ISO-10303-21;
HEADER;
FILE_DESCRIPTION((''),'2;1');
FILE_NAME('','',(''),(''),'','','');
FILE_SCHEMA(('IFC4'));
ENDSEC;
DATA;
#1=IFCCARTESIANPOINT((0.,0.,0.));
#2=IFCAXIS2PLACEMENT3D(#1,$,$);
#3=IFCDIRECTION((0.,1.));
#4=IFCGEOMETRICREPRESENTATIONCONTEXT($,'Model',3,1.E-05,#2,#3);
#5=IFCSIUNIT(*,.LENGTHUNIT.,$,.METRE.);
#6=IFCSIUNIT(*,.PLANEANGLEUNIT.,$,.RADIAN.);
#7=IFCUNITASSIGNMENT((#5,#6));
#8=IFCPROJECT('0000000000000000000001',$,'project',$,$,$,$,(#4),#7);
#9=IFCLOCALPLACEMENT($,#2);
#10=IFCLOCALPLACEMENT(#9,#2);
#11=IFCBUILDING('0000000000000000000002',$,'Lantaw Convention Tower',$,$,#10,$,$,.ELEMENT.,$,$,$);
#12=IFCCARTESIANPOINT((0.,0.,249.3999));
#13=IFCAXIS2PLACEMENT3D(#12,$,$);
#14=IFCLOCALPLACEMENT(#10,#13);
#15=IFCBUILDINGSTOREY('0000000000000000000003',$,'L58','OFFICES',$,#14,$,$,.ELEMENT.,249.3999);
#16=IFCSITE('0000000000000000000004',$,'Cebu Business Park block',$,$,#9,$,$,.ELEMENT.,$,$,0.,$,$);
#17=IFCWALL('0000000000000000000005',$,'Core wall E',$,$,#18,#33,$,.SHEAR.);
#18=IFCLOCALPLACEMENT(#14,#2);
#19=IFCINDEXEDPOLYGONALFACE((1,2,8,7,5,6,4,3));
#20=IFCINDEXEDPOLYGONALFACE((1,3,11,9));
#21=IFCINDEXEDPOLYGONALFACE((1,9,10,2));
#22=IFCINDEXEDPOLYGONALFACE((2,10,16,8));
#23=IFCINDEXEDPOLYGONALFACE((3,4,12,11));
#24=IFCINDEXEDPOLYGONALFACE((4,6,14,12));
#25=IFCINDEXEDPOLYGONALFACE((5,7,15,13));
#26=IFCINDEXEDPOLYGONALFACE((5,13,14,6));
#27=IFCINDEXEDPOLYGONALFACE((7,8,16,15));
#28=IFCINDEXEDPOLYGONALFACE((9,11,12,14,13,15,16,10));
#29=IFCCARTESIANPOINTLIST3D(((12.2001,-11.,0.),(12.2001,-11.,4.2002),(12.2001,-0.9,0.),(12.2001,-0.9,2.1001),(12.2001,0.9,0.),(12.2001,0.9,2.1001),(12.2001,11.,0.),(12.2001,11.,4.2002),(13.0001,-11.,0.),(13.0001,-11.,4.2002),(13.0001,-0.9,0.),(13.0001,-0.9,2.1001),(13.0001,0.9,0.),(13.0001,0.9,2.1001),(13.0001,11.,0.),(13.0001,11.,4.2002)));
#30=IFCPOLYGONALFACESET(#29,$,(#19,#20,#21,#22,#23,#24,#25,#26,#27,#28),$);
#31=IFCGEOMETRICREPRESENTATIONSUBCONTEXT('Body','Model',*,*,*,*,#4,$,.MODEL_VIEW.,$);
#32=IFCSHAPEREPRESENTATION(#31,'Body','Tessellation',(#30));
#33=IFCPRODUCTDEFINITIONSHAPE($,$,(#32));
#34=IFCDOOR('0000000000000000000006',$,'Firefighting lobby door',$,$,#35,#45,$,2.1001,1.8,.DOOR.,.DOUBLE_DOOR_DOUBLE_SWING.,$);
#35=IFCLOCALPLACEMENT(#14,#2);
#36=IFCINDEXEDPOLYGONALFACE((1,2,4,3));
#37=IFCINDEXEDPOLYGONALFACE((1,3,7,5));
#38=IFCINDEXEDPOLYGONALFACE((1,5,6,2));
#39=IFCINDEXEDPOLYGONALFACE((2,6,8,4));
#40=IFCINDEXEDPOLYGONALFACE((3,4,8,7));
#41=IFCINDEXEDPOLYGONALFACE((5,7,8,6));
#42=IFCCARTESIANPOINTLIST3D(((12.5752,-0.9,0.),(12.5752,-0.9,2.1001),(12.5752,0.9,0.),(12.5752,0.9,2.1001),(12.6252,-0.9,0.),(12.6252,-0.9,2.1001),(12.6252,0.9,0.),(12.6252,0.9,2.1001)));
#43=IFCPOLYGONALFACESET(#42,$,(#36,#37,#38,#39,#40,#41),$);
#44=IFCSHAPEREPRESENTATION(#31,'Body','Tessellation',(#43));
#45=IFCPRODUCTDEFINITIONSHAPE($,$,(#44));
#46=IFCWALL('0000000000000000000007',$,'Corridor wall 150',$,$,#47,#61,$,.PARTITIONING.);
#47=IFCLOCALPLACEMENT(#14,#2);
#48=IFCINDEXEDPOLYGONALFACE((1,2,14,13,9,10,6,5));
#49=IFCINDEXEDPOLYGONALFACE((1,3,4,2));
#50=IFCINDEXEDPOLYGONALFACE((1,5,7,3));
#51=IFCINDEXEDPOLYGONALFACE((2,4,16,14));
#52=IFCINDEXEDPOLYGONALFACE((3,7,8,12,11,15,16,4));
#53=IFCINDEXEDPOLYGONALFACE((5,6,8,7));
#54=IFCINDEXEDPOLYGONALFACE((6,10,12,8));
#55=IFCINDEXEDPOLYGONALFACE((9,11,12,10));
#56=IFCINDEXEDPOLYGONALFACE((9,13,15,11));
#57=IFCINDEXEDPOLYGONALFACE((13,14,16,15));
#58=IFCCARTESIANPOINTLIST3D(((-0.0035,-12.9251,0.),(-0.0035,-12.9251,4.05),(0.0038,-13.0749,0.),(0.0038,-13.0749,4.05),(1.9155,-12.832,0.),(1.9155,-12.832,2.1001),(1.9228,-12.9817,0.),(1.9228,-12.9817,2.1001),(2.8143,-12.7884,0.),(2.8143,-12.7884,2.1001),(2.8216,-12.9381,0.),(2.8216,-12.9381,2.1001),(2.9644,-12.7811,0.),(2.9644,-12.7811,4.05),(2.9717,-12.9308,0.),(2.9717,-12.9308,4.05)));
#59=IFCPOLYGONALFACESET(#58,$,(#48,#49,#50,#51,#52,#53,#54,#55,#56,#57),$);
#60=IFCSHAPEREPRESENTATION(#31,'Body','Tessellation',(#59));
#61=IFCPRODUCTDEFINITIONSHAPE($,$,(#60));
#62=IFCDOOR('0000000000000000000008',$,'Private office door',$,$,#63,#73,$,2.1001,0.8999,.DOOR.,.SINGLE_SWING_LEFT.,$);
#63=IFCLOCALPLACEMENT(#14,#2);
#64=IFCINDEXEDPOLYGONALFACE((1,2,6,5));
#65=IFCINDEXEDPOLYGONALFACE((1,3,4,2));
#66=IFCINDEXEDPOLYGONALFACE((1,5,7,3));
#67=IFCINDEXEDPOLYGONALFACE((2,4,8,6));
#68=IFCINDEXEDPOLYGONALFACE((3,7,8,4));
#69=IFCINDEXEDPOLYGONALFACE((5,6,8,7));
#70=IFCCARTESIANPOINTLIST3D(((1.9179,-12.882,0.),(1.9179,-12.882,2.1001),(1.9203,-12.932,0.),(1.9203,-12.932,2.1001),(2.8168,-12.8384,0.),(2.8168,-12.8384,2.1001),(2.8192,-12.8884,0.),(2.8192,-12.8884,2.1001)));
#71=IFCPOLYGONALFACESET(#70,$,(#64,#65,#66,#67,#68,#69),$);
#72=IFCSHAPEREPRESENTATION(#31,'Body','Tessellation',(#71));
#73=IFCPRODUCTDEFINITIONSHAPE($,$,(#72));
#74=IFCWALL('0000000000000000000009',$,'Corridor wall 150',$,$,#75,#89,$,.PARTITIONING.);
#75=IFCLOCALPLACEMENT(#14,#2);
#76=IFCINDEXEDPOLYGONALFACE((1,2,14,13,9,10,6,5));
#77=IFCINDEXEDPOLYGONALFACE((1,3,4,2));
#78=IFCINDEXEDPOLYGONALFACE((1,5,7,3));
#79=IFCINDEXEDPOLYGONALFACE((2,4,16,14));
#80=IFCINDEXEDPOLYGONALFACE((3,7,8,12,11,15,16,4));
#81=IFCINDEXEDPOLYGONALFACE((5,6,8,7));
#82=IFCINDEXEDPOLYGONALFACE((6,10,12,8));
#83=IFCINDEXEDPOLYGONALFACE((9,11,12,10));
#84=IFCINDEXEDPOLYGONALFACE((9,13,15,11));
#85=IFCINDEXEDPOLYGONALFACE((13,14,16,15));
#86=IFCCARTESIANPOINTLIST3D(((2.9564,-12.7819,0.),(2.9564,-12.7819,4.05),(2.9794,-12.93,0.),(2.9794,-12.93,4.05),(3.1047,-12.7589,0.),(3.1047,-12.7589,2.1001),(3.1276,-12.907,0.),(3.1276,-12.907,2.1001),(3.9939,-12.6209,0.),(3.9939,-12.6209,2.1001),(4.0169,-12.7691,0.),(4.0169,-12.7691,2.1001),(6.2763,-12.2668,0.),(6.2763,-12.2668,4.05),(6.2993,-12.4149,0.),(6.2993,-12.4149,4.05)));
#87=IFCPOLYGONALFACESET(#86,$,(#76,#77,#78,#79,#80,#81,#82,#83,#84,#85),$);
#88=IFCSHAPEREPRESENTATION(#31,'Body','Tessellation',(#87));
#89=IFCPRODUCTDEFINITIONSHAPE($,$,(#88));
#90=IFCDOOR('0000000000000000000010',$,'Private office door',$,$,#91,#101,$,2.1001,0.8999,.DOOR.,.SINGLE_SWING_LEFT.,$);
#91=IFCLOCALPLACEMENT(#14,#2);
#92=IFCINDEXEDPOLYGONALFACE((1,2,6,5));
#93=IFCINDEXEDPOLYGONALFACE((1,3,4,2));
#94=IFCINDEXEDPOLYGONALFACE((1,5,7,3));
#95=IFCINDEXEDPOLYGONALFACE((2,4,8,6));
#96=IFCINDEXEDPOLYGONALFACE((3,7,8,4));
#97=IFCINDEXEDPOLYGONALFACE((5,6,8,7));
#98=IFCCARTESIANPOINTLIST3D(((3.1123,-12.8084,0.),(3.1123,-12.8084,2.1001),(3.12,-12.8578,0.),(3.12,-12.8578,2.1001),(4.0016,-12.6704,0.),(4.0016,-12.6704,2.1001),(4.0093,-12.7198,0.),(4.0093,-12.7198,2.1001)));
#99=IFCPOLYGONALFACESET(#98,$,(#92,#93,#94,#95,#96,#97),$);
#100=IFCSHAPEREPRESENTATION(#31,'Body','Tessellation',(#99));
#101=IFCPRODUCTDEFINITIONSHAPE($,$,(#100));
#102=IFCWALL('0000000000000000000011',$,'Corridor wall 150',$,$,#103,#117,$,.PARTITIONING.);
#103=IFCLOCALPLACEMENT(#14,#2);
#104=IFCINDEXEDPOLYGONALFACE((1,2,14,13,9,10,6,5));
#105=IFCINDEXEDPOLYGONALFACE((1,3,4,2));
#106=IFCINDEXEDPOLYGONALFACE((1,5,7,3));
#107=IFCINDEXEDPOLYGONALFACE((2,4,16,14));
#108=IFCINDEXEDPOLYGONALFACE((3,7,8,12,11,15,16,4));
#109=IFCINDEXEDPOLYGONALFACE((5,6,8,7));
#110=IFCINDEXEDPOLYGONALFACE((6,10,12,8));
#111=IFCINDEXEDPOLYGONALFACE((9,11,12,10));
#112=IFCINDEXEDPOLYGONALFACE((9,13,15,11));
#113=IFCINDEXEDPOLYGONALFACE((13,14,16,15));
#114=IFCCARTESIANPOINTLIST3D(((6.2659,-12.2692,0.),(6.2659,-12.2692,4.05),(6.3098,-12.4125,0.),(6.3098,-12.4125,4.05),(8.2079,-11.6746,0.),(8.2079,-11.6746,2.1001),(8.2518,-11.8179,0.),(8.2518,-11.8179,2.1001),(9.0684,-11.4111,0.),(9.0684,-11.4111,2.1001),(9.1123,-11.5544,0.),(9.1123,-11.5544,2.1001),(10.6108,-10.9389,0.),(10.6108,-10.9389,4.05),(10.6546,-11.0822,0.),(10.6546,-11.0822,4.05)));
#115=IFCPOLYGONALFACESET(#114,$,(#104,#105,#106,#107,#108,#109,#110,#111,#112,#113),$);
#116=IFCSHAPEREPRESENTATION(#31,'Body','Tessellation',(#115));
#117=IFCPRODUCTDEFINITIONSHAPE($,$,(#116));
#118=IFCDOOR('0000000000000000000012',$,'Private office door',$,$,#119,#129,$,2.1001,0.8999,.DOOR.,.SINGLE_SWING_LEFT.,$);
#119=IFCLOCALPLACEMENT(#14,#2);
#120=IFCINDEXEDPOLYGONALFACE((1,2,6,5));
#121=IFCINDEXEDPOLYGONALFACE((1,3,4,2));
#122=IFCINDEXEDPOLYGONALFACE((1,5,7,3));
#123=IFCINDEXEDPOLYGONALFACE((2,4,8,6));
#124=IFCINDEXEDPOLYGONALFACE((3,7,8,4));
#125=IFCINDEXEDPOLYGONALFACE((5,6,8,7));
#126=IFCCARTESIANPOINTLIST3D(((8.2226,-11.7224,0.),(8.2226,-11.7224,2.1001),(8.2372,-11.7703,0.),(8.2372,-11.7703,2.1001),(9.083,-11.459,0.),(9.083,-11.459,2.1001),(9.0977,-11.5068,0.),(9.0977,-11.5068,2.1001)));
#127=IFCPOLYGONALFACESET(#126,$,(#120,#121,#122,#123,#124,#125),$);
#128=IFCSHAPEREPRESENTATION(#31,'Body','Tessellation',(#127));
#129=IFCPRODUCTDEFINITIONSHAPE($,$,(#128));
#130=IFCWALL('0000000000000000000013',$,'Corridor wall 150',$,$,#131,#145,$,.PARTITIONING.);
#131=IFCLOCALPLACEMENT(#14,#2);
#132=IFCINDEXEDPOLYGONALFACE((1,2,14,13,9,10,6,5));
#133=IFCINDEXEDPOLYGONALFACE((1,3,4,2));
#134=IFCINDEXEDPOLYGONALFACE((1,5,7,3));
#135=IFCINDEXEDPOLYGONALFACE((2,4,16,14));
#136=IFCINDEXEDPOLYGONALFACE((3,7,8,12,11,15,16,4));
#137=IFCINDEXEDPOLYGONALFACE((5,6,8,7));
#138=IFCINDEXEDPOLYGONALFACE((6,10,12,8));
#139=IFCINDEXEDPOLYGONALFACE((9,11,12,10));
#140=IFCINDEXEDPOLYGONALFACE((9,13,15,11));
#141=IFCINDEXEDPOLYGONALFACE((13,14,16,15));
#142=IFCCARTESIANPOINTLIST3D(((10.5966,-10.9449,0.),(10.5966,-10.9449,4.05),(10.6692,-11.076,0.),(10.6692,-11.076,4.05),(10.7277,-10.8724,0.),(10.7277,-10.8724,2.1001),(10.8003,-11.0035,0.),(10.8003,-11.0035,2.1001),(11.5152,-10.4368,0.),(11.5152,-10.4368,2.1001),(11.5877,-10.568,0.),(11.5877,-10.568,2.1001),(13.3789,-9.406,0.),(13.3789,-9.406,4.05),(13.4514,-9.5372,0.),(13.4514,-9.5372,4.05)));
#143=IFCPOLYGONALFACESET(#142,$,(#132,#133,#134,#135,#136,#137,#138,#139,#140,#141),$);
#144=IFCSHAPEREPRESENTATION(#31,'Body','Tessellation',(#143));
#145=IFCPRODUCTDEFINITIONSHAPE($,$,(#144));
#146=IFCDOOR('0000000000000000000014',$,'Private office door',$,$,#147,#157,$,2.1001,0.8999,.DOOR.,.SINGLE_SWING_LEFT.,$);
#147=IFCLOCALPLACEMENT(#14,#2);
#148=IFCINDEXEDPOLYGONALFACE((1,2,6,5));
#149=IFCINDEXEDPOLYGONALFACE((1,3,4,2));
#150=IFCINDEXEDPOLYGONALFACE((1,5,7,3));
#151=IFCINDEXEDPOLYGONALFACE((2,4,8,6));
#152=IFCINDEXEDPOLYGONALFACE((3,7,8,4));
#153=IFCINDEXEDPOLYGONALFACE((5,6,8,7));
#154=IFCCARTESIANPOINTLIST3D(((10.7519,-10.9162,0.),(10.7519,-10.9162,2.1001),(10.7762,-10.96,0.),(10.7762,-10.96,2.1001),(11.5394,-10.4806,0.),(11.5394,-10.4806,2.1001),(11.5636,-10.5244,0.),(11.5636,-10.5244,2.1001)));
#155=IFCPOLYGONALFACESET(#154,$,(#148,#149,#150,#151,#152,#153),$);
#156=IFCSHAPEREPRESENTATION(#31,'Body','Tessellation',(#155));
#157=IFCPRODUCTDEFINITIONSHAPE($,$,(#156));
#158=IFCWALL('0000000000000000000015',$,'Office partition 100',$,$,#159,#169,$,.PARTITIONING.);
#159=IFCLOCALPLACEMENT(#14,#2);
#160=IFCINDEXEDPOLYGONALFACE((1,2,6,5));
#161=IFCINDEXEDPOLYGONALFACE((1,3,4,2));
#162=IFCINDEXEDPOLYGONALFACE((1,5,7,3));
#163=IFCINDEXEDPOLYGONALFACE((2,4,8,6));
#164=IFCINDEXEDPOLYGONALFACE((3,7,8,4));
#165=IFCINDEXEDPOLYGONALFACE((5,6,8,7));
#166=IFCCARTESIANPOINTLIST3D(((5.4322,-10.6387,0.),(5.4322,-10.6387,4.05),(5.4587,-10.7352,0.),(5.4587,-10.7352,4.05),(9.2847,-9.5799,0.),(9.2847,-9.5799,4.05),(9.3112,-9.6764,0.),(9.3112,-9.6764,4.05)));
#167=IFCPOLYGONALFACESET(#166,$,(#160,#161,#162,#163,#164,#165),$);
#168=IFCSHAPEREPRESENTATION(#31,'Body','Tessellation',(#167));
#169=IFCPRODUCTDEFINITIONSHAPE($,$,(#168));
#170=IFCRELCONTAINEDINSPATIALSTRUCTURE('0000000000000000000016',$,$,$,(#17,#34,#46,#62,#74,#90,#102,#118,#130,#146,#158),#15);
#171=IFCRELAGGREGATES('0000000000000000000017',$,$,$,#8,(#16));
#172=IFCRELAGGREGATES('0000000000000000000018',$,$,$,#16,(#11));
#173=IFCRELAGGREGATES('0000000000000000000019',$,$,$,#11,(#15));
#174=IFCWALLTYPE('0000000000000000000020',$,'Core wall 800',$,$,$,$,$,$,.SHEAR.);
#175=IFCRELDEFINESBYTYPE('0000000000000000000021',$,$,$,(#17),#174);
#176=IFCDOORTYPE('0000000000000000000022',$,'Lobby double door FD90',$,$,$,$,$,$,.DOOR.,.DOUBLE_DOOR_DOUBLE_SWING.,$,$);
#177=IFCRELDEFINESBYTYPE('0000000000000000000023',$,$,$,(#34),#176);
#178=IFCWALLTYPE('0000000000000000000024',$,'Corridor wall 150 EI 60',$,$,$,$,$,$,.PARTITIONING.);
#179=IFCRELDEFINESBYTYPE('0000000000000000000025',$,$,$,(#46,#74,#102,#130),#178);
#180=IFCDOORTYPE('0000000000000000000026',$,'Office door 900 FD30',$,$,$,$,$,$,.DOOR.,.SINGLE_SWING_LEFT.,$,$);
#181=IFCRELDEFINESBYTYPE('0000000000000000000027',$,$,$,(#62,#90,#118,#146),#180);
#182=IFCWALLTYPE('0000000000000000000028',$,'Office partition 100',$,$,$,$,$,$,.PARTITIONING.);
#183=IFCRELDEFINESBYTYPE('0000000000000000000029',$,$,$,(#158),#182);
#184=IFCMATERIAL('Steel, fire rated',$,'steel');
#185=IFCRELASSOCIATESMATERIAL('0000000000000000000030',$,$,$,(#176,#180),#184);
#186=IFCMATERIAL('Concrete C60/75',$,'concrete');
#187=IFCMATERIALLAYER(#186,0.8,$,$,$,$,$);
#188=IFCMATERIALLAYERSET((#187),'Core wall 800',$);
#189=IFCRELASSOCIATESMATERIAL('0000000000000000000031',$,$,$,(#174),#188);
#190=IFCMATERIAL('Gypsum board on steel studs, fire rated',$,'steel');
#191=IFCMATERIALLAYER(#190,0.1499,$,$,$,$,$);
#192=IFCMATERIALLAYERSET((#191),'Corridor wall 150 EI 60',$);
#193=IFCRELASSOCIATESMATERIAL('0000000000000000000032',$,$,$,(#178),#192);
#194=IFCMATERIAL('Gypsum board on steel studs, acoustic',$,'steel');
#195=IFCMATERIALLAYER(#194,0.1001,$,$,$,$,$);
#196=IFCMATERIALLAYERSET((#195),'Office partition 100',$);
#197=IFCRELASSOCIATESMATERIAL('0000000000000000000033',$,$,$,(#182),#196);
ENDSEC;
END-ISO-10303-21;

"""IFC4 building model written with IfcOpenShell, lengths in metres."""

from ifc_helpers import new_model, si_unit, direction, frame, frame_2d, origin, place, context, subcontext, project, spatial, rectangle, extrude, material, layer, layer_set, type_object, element, fill, save


model = new_model("IFC4")

# Units and contexts
model_context = context("Model", 3, precision=1e-05, world=origin(), true_north=direction((0.0, 1.0)))
body_context = subcontext(model_context, "Body", "Model", "MODEL_VIEW")
ifc_project = project(units=[si_unit("LENGTHUNIT", "METRE"), si_unit("PLANEANGLEUNIT", "RADIAN")], contexts=[model_context])

# Site, building, storey
site_placement = place(None, origin())
site = spatial("IfcSite", under=ifc_project, at=site_placement, Name="Cebu Business Park block", CompositionType="ELEMENT", RefElevation=0.0)
building_placement = place(site_placement, origin())
building = spatial("IfcBuilding", under=site, at=building_placement, Name="Lantaw Convention Tower", CompositionType="ELEMENT")
storey_placement = place(building_placement, frame((0.0, 0.0, 249.3999)))
storey = spatial("IfcBuildingStorey", under=building, at=storey_placement, Name="L58", Description="OFFICES", CompositionType="ELEMENT", Elevation=249.3999)

# Walls, openings, doors
ifc_material_1 = material(Name="Concrete C60/75", Category="concrete")
ifc_material_2 = material(Name="Steel, fire rated", Category="steel")
door_type_1 = type_object("IfcDoorType", Name="Lobby double door FD90", OperationType="DOUBLE_DOOR_DOUBLE_SWING", PredefinedType="DOOR", material=ifc_material_2)
ifc_layer_1 = layer(ifc_material_1, 0.8)
ifc_layer_set_1 = layer_set([ifc_layer_1], Name="Core wall 800")
wall_type_1 = type_object("IfcWallType", Name="Core wall 800", PredefinedType="SHEAR", material=ifc_layer_set_1)
wall_1_placement = place(storey_placement, frame((12.6001, -11.0, 0.0), z_axis=(0.0, 0.0, 1.0), x_axis=(0.0, 1.0, 0.0)))
wall_1 = element("IfcWall", 1, at=wall_1_placement, inside=storey, type_object=wall_type_1, Name="Core wall E", PredefinedType="SHEAR", context=body_context, shape_type="SweptSolid", body=[
    extrude(rectangle(XDim=22.0, YDim=0.8, at=frame_2d((11.0, 0.0))), origin(), (0.0, 0.0, 1.0), 4.2002),
])
opening_1_placement = place(wall_1_placement, frame((10.1001, 0.0, 0.0)))
opening_1 = element("IfcOpeningElement", 2, at=opening_1_placement, cuts=wall_1, PredefinedType="OPENING", context=body_context, shape_type="SweptSolid", body=[
    extrude(rectangle(XDim=1.8, YDim=2.1001, at=frame_2d((0.8999, 1.05))), frame((0.0, 0.4099, 0.0), z_axis=(0.0, -1.0, 0.0), x_axis=(1.0, 0.0, 0.0)), (0.0, 0.0, 1.0), 0.8201),
])
door_1_placement = place(opening_1_placement, origin())
door_1 = element("IfcDoor", 3, at=door_1_placement, inside=storey, type_object=door_type_1, Name="Firefighting lobby door", OperationType="DOUBLE_DOOR_DOUBLE_SWING", OverallHeight=2.1001, OverallWidth=1.8, PredefinedType="DOOR", context=body_context, shape_type="SweptSolid", body=[
    extrude(rectangle(XDim=1.8, YDim=2.1001, at=frame_2d((0.8999, 1.05))), frame((0.0, 0.0249, 0.0), z_axis=(0.0, -1.0, 0.0), x_axis=(1.0, 0.0, 0.0)), (0.0, 0.0, 1.0), 0.05),
])
fill(opening_1, door_1)
ifc_material_3 = material(Name="Gypsum board on steel studs, fire rated", Category="steel")
ifc_layer_2 = layer(ifc_material_3, 0.1499)
ifc_layer_set_2 = layer_set([ifc_layer_2], Name="Corridor wall 150 EI 60")
wall_type_2 = type_object("IfcWallType", Name="Corridor wall 150 EI 60", PredefinedType="PARTITIONING", material=ifc_layer_set_2)
wall_2_placement = place(storey_placement, frame((0.0, -13.0, 0.0), z_axis=(0.0, 0.0, 1.0), x_axis=(0.998824, 0.048475, 0.0)))
wall_2 = element("IfcWall", 4, at=wall_2_placement, inside=storey, type_object=wall_type_2, Name="Corridor wall 150", PredefinedType="PARTITIONING", context=body_context, shape_type="SweptSolid", body=[
    extrude(rectangle(XDim=2.9714, YDim=0.1499, at=frame_2d((1.4858, 0.0))), origin(), (0.0, 0.0, 1.0), 4.05),
])
opening_2_placement = place(wall_2_placement, frame((1.9214, 0.0, 0.0)))
opening_2 = element("IfcOpeningElement", 5, at=opening_2_placement, cuts=wall_2, PredefinedType="OPENING", context=body_context, shape_type="SweptSolid", body=[
    extrude(rectangle(XDim=0.8999, YDim=2.1001, at=frame_2d((0.45, 1.05))), frame((0.0, 0.085, 0.0), z_axis=(0.0, -1.0, 0.0), x_axis=(1.0, 0.0, 0.0)), (0.0, 0.0, 1.0), 0.1699),
])
door_type_2 = type_object("IfcDoorType", Name="Office door 900 FD30", OperationType="SINGLE_SWING_LEFT", PredefinedType="DOOR", material=ifc_material_2)
door_2_placement = place(opening_2_placement, origin())
door_2 = element("IfcDoor", 6, at=door_2_placement, inside=storey, type_object=door_type_2, Name="Private office door", OperationType="SINGLE_SWING_LEFT", OverallHeight=2.1001, OverallWidth=0.8999, PredefinedType="DOOR", context=body_context, shape_type="SweptSolid", body=[
    extrude(rectangle(XDim=0.8999, YDim=2.1001, at=frame_2d((0.45, 1.05))), frame((0.0, 0.0249, 0.0), z_axis=(0.0, -1.0, 0.0), x_axis=(1.0, 0.0, 0.0)), (0.0, 0.0, 1.0), 0.05),
])
fill(opening_2, door_2)
wall_3_placement = place(storey_placement, frame((2.968, -12.856, 0.0), z_axis=(0.0, 0.0, 1.0), x_axis=(0.988174, 0.153335, 0.0)))
wall_3 = element("IfcWall", 7, at=wall_3_placement, inside=storey, type_object=wall_type_2, Name="Corridor wall 150", PredefinedType="PARTITIONING", context=body_context, shape_type="SweptSolid", body=[
    extrude(rectangle(XDim=3.3596, YDim=0.1499, at=frame_2d((1.6797, 0.0))), origin(), (0.0, 0.0, 1.0), 4.05),
])
opening_3_placement = place(wall_3_placement, frame((0.1499, 0.0, 0.0)))
opening_3 = element("IfcOpeningElement", 8, at=opening_3_placement, cuts=wall_3, PredefinedType="OPENING", context=body_context, shape_type="SweptSolid", body=[
    extrude(rectangle(XDim=0.8999, YDim=2.1001, at=frame_2d((0.45, 1.05))), frame((0.0, 0.085, 0.0), z_axis=(0.0, -1.0, 0.0), x_axis=(1.0, 0.0, 0.0)), (0.0, 0.0, 1.0), 0.1699),
])
door_3_placement = place(opening_3_placement, origin())
door_3 = element("IfcDoor", 9, at=door_3_placement, inside=storey, type_object=door_type_2, Name="Private office door", OperationType="SINGLE_SWING_LEFT", OverallHeight=2.1001, OverallWidth=0.8999, PredefinedType="DOOR", context=body_context, shape_type="SweptSolid", body=[
    extrude(rectangle(XDim=0.8999, YDim=2.1001, at=frame_2d((0.45, 1.05))), frame((0.0, 0.0249, 0.0), z_axis=(0.0, -1.0, 0.0), x_axis=(1.0, 0.0, 0.0)), (0.0, 0.0, 1.0), 0.05),
])
fill(opening_3, door_3)
wall_4_placement = place(storey_placement, frame((6.2878, -12.3408, 0.0), z_axis=(0.0, 0.0, 1.0), x_axis=(0.956186, 0.29276, 0.0)))
wall_4 = element("IfcWall", 10, at=wall_4_placement, inside=storey, type_object=wall_type_2, Name="Corridor wall 150", PredefinedType="PARTITIONING", context=body_context, shape_type="SweptSolid", body=[
    extrude(rectangle(XDim=4.5439, YDim=0.1499, at=frame_2d((2.272, 0.0))), origin(), (0.0, 0.0, 1.0), 4.05),
])
opening_4_placement = place(wall_4_placement, frame((2.031, 0.0, 0.0)))
opening_4 = element("IfcOpeningElement", 11, at=opening_4_placement, cuts=wall_4, PredefinedType="OPENING", context=body_context, shape_type="SweptSolid", body=[
    extrude(rectangle(XDim=0.8999, YDim=2.1001, at=frame_2d((0.45, 1.05))), frame((0.0, 0.085, 0.0), z_axis=(0.0, -1.0, 0.0), x_axis=(1.0, 0.0, 0.0)), (0.0, 0.0, 1.0), 0.1699),
])
door_4_placement = place(opening_4_placement, origin())
door_4 = element("IfcDoor", 12, at=door_4_placement, inside=storey, type_object=door_type_2, Name="Private office door", OperationType="SINGLE_SWING_LEFT", OverallHeight=2.1001, OverallWidth=0.8999, PredefinedType="DOOR", context=body_context, shape_type="SweptSolid", body=[
    extrude(rectangle(XDim=0.8999, YDim=2.1001, at=frame_2d((0.45, 1.05))), frame((0.0, 0.0249, 0.0), z_axis=(0.0, -1.0, 0.0), x_axis=(1.0, 0.0, 0.0)), (0.0, 0.0, 1.0), 0.05),
])
fill(opening_4, door_4)
wall_5_placement = place(storey_placement, frame((10.6328, -11.0105, 0.0), z_axis=(0.0, 0.0, 1.0), x_axis=(0.875072, 0.483993, 0.0)))
wall_5 = element("IfcWall", 13, at=wall_5_placement, inside=storey, type_object=wall_type_2, Name="Corridor wall 150", PredefinedType="PARTITIONING", context=body_context, shape_type="SweptSolid", body=[
    extrude(rectangle(XDim=3.1794, YDim=0.1499, at=frame_2d((1.5898, 0.0))), origin(), (0.0, 0.0, 1.0), 4.05),
])
opening_5_placement = place(wall_5_placement, frame((0.1499, 0.0, 0.0)))
opening_5 = element("IfcOpeningElement", 14, at=opening_5_placement, cuts=wall_5, PredefinedType="OPENING", context=body_context, shape_type="SweptSolid", body=[
    extrude(rectangle(XDim=0.8999, YDim=2.1001, at=frame_2d((0.45, 1.05))), frame((0.0, 0.085, 0.0), z_axis=(0.0, -1.0, 0.0), x_axis=(1.0, 0.0, 0.0)), (0.0, 0.0, 1.0), 0.1699),
])
door_5_placement = place(opening_5_placement, origin())
door_5 = element("IfcDoor", 15, at=door_5_placement, inside=storey, type_object=door_type_2, Name="Private office door", OperationType="SINGLE_SWING_LEFT", OverallHeight=2.1001, OverallWidth=0.8999, PredefinedType="DOOR", context=body_context, shape_type="SweptSolid", body=[
    extrude(rectangle(XDim=0.8999, YDim=2.1001, at=frame_2d((0.45, 1.05))), frame((0.0, 0.0249, 0.0), z_axis=(0.0, -1.0, 0.0), x_axis=(1.0, 0.0, 0.0)), (0.0, 0.0, 1.0), 0.05),
])
fill(opening_5, door_5)

# Wall
ifc_material_4 = material(Name="Gypsum board on steel studs, acoustic", Category="steel")
ifc_layer_3 = layer(ifc_material_4, 0.1001)
ifc_layer_set_3 = layer_set([ifc_layer_3], Name="Office partition 100")
wall_type_3 = type_object("IfcWallType", Name="Office partition 100", PredefinedType="PARTITIONING", material=ifc_layer_set_3)
wall_6_placement = place(storey_placement, frame((9.2979, -9.6282, 0.0), z_axis=(0.0, 0.0, 1.0), x_axis=(-0.964244, -0.265014, 0.0)))
element("IfcWall", 16, at=wall_6_placement, inside=storey, type_object=wall_type_3, Name="Office partition 100", PredefinedType="PARTITIONING", context=body_context, shape_type="SweptSolid", body=[
    extrude(rectangle(XDim=3.9954, YDim=0.1001, at=frame_2d((1.9976, 0.0))), origin(), (0.0, 0.0, 1.0), 4.05),
])

save(model, "model.ifc")
